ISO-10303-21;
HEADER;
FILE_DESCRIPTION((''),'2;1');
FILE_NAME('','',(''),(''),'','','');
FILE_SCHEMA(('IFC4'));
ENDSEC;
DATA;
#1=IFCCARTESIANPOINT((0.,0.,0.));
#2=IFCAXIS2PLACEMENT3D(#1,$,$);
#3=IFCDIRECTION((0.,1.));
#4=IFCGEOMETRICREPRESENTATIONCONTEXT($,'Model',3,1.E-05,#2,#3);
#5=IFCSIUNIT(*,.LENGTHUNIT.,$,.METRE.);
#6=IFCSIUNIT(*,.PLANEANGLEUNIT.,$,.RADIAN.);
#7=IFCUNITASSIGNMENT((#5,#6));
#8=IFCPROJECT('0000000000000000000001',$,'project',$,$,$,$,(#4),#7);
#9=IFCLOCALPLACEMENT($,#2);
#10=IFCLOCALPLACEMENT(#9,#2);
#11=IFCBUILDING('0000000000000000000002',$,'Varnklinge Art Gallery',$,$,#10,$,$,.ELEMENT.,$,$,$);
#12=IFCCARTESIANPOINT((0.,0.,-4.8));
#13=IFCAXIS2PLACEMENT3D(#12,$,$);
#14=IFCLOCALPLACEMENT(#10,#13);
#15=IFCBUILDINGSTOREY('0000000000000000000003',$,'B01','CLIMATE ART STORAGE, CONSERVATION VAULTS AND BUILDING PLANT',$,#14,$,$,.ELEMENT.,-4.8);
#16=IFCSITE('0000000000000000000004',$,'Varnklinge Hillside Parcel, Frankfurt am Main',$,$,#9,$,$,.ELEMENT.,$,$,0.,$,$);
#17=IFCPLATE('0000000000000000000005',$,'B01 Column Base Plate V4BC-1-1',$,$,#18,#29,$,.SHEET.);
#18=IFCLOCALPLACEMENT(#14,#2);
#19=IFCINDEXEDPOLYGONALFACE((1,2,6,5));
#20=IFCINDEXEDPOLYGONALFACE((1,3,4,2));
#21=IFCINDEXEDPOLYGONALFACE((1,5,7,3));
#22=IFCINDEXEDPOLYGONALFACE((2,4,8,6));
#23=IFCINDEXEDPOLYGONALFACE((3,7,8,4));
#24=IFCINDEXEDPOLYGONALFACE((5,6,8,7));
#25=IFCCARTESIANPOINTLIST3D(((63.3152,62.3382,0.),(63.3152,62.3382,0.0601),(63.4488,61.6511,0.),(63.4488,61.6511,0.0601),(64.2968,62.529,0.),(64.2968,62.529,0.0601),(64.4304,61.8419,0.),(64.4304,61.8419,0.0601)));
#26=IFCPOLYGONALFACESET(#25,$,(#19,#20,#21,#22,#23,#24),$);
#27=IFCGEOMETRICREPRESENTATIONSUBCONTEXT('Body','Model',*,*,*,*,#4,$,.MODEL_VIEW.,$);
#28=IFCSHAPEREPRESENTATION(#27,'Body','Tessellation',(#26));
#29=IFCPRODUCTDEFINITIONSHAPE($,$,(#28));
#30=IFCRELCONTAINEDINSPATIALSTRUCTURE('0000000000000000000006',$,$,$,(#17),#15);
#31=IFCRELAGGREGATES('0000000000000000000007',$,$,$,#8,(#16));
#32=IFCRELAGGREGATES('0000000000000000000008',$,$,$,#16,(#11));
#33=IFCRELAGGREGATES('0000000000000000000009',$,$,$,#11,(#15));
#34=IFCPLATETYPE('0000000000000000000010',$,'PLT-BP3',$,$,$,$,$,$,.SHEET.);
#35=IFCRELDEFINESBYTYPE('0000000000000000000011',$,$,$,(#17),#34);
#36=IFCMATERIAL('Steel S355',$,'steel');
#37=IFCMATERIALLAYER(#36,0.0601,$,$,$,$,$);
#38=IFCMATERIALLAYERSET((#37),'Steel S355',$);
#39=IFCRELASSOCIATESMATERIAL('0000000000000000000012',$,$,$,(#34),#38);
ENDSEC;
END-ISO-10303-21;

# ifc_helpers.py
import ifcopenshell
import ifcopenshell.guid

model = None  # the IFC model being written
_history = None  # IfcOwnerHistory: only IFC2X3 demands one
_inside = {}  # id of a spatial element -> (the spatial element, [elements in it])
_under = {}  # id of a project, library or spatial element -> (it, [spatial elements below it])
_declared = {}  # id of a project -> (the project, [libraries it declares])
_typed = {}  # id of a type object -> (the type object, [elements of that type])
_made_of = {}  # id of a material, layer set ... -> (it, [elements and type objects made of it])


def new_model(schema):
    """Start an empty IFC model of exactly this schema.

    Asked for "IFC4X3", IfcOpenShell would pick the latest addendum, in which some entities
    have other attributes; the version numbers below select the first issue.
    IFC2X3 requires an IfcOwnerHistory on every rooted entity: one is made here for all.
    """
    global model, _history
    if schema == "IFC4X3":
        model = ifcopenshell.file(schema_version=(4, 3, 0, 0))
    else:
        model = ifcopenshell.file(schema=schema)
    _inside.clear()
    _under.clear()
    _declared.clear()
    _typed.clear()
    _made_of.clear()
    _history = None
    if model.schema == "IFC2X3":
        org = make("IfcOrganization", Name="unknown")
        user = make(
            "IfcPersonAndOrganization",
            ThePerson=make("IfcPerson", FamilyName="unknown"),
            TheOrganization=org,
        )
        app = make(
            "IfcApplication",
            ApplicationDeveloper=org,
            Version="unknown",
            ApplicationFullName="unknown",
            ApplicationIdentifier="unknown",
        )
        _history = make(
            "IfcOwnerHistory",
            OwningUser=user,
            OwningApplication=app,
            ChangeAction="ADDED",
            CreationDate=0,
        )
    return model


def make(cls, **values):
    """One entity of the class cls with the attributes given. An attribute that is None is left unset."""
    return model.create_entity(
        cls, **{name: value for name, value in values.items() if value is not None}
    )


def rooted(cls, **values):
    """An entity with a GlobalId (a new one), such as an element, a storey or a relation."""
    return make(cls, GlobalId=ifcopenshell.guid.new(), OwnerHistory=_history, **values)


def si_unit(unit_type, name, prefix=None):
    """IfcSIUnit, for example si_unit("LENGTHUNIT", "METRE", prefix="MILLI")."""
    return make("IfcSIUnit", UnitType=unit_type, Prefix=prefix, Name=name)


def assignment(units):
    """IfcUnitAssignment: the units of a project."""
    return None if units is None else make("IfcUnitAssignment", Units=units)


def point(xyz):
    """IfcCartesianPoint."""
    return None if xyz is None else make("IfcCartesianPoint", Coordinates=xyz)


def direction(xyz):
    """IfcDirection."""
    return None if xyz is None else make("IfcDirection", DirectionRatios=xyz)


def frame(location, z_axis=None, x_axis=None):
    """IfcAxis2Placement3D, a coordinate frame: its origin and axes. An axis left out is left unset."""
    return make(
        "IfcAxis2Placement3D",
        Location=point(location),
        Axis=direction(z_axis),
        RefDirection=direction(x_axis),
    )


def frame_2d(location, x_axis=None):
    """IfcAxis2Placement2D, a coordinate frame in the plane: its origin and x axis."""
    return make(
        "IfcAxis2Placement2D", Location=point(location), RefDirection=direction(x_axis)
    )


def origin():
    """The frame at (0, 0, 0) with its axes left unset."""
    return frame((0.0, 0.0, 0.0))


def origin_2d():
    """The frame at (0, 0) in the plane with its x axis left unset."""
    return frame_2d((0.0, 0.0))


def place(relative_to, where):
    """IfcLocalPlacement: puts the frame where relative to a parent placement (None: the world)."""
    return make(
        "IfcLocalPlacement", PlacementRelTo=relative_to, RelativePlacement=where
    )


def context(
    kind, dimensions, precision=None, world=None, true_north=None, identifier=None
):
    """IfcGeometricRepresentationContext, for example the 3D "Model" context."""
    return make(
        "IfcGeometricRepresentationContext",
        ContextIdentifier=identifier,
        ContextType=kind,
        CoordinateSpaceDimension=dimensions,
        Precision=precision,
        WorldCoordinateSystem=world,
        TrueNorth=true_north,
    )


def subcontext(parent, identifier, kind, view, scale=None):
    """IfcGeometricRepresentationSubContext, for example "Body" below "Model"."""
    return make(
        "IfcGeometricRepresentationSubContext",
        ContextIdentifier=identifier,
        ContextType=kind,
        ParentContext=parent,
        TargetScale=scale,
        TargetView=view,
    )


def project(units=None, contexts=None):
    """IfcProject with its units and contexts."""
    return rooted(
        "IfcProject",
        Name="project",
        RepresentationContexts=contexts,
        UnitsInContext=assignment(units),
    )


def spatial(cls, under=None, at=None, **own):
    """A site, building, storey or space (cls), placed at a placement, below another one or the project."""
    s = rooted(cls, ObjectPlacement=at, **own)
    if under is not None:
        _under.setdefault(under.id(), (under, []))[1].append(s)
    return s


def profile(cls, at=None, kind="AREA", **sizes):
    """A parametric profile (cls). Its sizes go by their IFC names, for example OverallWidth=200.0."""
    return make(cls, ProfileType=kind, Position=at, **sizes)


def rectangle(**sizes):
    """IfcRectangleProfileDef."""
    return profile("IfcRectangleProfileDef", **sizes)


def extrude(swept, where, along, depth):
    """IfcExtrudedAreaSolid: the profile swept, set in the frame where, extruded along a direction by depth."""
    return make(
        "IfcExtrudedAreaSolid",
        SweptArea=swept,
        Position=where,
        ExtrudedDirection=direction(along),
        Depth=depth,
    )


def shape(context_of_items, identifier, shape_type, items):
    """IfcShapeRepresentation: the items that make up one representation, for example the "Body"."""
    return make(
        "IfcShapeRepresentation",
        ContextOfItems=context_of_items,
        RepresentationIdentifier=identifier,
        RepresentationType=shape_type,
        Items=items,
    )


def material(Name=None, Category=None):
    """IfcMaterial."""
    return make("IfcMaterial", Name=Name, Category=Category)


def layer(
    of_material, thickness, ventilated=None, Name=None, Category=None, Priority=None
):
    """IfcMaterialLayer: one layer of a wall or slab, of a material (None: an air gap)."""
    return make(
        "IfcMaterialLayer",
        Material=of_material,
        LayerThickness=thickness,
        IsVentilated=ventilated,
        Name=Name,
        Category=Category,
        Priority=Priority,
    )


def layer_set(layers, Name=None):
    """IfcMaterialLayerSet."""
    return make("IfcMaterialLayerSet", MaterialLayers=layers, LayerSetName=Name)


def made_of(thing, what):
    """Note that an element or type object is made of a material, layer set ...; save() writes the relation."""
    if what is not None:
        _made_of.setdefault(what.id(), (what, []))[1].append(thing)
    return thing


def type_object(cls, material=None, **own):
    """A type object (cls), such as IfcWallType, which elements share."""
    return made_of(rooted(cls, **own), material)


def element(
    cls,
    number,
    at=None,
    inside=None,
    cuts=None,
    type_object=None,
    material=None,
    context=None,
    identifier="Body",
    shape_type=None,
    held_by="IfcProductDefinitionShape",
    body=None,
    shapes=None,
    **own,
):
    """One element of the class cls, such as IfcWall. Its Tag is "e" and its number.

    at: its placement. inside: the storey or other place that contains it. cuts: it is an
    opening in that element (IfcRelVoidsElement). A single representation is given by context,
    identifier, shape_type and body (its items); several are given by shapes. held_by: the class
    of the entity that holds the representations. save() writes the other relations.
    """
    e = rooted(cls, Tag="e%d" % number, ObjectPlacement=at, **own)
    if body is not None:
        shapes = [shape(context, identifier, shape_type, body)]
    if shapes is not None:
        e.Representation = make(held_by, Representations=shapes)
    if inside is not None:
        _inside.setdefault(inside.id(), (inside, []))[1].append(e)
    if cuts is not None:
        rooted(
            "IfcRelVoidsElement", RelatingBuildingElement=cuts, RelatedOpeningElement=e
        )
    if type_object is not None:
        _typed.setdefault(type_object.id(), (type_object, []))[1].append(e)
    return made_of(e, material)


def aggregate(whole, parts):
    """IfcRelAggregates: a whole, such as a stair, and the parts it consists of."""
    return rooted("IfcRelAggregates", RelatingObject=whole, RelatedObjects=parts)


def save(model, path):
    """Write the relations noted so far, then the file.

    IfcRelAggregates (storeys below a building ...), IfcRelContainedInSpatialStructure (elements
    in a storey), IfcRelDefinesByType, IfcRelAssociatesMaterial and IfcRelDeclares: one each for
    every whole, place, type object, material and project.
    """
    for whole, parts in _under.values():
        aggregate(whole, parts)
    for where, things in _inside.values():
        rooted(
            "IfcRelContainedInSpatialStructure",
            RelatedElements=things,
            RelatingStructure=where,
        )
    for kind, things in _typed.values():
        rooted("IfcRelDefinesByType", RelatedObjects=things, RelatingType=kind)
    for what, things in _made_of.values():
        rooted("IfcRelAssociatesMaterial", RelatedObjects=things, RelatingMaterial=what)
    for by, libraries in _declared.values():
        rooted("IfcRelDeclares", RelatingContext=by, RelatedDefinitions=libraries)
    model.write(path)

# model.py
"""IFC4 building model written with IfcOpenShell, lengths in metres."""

from ifc_helpers import new_model, si_unit, direction, frame, origin, origin_2d, place, context, subcontext, project, spatial, rectangle, extrude, material, layer, layer_set, type_object, element, save


model = new_model("IFC4")

# Units and contexts
model_context = context("Model", 3, precision=1e-05, world=origin(), true_north=direction((0.0, 1.0)))
body_context = subcontext(model_context, "Body", "Model", "MODEL_VIEW")
ifc_project = project(units=[si_unit("LENGTHUNIT", "METRE"), si_unit("PLANEANGLEUNIT", "RADIAN")], contexts=[model_context])

# Site, building, storey
site_placement = place(None, origin())
site = spatial("IfcSite", under=ifc_project, at=site_placement, Name="Varnklinge Hillside Parcel, Frankfurt am Main", CompositionType="ELEMENT", RefElevation=0.0)
building_placement = place(site_placement, origin())
building = spatial("IfcBuilding", under=site, at=building_placement, Name="Varnklinge Art Gallery", CompositionType="ELEMENT")
storey_placement = place(building_placement, frame((0.0, 0.0, -4.8)))
storey = spatial("IfcBuildingStorey", under=building, at=storey_placement, Name="B01", Description="CLIMATE ART STORAGE, CONSERVATION VAULTS AND BUILDING PLANT", CompositionType="ELEMENT", Elevation=-4.8)

# Plate
ifc_material_1 = material(Name="Steel S355", Category="steel")
ifc_layer_1 = layer(ifc_material_1, 0.0601)
ifc_layer_set_1 = layer_set([ifc_layer_1], Name="Steel S355")
plate_type_1 = type_object("IfcPlateType", Name="PLT-BP3", PredefinedType="SHEET", material=ifc_layer_set_1)
plate_placement = place(storey_placement, frame((63.8728, 62.0901, 0.0), z_axis=(0.0, 0.0, 1.0), x_axis=(0.981627, 0.190809, 0.0)))
element("IfcPlate", 1, at=plate_placement, inside=storey, type_object=plate_type_1, Name="B01 Column Base Plate V4BC-1-1", PredefinedType="SHEET", context=body_context, shape_type="SweptSolid", body=[
    extrude(rectangle(XDim=1.0, YDim=0.7, at=origin_2d()), origin(), (0.0, 0.0, 1.0), 0.0601),
])

save(model, "model.ifc")
